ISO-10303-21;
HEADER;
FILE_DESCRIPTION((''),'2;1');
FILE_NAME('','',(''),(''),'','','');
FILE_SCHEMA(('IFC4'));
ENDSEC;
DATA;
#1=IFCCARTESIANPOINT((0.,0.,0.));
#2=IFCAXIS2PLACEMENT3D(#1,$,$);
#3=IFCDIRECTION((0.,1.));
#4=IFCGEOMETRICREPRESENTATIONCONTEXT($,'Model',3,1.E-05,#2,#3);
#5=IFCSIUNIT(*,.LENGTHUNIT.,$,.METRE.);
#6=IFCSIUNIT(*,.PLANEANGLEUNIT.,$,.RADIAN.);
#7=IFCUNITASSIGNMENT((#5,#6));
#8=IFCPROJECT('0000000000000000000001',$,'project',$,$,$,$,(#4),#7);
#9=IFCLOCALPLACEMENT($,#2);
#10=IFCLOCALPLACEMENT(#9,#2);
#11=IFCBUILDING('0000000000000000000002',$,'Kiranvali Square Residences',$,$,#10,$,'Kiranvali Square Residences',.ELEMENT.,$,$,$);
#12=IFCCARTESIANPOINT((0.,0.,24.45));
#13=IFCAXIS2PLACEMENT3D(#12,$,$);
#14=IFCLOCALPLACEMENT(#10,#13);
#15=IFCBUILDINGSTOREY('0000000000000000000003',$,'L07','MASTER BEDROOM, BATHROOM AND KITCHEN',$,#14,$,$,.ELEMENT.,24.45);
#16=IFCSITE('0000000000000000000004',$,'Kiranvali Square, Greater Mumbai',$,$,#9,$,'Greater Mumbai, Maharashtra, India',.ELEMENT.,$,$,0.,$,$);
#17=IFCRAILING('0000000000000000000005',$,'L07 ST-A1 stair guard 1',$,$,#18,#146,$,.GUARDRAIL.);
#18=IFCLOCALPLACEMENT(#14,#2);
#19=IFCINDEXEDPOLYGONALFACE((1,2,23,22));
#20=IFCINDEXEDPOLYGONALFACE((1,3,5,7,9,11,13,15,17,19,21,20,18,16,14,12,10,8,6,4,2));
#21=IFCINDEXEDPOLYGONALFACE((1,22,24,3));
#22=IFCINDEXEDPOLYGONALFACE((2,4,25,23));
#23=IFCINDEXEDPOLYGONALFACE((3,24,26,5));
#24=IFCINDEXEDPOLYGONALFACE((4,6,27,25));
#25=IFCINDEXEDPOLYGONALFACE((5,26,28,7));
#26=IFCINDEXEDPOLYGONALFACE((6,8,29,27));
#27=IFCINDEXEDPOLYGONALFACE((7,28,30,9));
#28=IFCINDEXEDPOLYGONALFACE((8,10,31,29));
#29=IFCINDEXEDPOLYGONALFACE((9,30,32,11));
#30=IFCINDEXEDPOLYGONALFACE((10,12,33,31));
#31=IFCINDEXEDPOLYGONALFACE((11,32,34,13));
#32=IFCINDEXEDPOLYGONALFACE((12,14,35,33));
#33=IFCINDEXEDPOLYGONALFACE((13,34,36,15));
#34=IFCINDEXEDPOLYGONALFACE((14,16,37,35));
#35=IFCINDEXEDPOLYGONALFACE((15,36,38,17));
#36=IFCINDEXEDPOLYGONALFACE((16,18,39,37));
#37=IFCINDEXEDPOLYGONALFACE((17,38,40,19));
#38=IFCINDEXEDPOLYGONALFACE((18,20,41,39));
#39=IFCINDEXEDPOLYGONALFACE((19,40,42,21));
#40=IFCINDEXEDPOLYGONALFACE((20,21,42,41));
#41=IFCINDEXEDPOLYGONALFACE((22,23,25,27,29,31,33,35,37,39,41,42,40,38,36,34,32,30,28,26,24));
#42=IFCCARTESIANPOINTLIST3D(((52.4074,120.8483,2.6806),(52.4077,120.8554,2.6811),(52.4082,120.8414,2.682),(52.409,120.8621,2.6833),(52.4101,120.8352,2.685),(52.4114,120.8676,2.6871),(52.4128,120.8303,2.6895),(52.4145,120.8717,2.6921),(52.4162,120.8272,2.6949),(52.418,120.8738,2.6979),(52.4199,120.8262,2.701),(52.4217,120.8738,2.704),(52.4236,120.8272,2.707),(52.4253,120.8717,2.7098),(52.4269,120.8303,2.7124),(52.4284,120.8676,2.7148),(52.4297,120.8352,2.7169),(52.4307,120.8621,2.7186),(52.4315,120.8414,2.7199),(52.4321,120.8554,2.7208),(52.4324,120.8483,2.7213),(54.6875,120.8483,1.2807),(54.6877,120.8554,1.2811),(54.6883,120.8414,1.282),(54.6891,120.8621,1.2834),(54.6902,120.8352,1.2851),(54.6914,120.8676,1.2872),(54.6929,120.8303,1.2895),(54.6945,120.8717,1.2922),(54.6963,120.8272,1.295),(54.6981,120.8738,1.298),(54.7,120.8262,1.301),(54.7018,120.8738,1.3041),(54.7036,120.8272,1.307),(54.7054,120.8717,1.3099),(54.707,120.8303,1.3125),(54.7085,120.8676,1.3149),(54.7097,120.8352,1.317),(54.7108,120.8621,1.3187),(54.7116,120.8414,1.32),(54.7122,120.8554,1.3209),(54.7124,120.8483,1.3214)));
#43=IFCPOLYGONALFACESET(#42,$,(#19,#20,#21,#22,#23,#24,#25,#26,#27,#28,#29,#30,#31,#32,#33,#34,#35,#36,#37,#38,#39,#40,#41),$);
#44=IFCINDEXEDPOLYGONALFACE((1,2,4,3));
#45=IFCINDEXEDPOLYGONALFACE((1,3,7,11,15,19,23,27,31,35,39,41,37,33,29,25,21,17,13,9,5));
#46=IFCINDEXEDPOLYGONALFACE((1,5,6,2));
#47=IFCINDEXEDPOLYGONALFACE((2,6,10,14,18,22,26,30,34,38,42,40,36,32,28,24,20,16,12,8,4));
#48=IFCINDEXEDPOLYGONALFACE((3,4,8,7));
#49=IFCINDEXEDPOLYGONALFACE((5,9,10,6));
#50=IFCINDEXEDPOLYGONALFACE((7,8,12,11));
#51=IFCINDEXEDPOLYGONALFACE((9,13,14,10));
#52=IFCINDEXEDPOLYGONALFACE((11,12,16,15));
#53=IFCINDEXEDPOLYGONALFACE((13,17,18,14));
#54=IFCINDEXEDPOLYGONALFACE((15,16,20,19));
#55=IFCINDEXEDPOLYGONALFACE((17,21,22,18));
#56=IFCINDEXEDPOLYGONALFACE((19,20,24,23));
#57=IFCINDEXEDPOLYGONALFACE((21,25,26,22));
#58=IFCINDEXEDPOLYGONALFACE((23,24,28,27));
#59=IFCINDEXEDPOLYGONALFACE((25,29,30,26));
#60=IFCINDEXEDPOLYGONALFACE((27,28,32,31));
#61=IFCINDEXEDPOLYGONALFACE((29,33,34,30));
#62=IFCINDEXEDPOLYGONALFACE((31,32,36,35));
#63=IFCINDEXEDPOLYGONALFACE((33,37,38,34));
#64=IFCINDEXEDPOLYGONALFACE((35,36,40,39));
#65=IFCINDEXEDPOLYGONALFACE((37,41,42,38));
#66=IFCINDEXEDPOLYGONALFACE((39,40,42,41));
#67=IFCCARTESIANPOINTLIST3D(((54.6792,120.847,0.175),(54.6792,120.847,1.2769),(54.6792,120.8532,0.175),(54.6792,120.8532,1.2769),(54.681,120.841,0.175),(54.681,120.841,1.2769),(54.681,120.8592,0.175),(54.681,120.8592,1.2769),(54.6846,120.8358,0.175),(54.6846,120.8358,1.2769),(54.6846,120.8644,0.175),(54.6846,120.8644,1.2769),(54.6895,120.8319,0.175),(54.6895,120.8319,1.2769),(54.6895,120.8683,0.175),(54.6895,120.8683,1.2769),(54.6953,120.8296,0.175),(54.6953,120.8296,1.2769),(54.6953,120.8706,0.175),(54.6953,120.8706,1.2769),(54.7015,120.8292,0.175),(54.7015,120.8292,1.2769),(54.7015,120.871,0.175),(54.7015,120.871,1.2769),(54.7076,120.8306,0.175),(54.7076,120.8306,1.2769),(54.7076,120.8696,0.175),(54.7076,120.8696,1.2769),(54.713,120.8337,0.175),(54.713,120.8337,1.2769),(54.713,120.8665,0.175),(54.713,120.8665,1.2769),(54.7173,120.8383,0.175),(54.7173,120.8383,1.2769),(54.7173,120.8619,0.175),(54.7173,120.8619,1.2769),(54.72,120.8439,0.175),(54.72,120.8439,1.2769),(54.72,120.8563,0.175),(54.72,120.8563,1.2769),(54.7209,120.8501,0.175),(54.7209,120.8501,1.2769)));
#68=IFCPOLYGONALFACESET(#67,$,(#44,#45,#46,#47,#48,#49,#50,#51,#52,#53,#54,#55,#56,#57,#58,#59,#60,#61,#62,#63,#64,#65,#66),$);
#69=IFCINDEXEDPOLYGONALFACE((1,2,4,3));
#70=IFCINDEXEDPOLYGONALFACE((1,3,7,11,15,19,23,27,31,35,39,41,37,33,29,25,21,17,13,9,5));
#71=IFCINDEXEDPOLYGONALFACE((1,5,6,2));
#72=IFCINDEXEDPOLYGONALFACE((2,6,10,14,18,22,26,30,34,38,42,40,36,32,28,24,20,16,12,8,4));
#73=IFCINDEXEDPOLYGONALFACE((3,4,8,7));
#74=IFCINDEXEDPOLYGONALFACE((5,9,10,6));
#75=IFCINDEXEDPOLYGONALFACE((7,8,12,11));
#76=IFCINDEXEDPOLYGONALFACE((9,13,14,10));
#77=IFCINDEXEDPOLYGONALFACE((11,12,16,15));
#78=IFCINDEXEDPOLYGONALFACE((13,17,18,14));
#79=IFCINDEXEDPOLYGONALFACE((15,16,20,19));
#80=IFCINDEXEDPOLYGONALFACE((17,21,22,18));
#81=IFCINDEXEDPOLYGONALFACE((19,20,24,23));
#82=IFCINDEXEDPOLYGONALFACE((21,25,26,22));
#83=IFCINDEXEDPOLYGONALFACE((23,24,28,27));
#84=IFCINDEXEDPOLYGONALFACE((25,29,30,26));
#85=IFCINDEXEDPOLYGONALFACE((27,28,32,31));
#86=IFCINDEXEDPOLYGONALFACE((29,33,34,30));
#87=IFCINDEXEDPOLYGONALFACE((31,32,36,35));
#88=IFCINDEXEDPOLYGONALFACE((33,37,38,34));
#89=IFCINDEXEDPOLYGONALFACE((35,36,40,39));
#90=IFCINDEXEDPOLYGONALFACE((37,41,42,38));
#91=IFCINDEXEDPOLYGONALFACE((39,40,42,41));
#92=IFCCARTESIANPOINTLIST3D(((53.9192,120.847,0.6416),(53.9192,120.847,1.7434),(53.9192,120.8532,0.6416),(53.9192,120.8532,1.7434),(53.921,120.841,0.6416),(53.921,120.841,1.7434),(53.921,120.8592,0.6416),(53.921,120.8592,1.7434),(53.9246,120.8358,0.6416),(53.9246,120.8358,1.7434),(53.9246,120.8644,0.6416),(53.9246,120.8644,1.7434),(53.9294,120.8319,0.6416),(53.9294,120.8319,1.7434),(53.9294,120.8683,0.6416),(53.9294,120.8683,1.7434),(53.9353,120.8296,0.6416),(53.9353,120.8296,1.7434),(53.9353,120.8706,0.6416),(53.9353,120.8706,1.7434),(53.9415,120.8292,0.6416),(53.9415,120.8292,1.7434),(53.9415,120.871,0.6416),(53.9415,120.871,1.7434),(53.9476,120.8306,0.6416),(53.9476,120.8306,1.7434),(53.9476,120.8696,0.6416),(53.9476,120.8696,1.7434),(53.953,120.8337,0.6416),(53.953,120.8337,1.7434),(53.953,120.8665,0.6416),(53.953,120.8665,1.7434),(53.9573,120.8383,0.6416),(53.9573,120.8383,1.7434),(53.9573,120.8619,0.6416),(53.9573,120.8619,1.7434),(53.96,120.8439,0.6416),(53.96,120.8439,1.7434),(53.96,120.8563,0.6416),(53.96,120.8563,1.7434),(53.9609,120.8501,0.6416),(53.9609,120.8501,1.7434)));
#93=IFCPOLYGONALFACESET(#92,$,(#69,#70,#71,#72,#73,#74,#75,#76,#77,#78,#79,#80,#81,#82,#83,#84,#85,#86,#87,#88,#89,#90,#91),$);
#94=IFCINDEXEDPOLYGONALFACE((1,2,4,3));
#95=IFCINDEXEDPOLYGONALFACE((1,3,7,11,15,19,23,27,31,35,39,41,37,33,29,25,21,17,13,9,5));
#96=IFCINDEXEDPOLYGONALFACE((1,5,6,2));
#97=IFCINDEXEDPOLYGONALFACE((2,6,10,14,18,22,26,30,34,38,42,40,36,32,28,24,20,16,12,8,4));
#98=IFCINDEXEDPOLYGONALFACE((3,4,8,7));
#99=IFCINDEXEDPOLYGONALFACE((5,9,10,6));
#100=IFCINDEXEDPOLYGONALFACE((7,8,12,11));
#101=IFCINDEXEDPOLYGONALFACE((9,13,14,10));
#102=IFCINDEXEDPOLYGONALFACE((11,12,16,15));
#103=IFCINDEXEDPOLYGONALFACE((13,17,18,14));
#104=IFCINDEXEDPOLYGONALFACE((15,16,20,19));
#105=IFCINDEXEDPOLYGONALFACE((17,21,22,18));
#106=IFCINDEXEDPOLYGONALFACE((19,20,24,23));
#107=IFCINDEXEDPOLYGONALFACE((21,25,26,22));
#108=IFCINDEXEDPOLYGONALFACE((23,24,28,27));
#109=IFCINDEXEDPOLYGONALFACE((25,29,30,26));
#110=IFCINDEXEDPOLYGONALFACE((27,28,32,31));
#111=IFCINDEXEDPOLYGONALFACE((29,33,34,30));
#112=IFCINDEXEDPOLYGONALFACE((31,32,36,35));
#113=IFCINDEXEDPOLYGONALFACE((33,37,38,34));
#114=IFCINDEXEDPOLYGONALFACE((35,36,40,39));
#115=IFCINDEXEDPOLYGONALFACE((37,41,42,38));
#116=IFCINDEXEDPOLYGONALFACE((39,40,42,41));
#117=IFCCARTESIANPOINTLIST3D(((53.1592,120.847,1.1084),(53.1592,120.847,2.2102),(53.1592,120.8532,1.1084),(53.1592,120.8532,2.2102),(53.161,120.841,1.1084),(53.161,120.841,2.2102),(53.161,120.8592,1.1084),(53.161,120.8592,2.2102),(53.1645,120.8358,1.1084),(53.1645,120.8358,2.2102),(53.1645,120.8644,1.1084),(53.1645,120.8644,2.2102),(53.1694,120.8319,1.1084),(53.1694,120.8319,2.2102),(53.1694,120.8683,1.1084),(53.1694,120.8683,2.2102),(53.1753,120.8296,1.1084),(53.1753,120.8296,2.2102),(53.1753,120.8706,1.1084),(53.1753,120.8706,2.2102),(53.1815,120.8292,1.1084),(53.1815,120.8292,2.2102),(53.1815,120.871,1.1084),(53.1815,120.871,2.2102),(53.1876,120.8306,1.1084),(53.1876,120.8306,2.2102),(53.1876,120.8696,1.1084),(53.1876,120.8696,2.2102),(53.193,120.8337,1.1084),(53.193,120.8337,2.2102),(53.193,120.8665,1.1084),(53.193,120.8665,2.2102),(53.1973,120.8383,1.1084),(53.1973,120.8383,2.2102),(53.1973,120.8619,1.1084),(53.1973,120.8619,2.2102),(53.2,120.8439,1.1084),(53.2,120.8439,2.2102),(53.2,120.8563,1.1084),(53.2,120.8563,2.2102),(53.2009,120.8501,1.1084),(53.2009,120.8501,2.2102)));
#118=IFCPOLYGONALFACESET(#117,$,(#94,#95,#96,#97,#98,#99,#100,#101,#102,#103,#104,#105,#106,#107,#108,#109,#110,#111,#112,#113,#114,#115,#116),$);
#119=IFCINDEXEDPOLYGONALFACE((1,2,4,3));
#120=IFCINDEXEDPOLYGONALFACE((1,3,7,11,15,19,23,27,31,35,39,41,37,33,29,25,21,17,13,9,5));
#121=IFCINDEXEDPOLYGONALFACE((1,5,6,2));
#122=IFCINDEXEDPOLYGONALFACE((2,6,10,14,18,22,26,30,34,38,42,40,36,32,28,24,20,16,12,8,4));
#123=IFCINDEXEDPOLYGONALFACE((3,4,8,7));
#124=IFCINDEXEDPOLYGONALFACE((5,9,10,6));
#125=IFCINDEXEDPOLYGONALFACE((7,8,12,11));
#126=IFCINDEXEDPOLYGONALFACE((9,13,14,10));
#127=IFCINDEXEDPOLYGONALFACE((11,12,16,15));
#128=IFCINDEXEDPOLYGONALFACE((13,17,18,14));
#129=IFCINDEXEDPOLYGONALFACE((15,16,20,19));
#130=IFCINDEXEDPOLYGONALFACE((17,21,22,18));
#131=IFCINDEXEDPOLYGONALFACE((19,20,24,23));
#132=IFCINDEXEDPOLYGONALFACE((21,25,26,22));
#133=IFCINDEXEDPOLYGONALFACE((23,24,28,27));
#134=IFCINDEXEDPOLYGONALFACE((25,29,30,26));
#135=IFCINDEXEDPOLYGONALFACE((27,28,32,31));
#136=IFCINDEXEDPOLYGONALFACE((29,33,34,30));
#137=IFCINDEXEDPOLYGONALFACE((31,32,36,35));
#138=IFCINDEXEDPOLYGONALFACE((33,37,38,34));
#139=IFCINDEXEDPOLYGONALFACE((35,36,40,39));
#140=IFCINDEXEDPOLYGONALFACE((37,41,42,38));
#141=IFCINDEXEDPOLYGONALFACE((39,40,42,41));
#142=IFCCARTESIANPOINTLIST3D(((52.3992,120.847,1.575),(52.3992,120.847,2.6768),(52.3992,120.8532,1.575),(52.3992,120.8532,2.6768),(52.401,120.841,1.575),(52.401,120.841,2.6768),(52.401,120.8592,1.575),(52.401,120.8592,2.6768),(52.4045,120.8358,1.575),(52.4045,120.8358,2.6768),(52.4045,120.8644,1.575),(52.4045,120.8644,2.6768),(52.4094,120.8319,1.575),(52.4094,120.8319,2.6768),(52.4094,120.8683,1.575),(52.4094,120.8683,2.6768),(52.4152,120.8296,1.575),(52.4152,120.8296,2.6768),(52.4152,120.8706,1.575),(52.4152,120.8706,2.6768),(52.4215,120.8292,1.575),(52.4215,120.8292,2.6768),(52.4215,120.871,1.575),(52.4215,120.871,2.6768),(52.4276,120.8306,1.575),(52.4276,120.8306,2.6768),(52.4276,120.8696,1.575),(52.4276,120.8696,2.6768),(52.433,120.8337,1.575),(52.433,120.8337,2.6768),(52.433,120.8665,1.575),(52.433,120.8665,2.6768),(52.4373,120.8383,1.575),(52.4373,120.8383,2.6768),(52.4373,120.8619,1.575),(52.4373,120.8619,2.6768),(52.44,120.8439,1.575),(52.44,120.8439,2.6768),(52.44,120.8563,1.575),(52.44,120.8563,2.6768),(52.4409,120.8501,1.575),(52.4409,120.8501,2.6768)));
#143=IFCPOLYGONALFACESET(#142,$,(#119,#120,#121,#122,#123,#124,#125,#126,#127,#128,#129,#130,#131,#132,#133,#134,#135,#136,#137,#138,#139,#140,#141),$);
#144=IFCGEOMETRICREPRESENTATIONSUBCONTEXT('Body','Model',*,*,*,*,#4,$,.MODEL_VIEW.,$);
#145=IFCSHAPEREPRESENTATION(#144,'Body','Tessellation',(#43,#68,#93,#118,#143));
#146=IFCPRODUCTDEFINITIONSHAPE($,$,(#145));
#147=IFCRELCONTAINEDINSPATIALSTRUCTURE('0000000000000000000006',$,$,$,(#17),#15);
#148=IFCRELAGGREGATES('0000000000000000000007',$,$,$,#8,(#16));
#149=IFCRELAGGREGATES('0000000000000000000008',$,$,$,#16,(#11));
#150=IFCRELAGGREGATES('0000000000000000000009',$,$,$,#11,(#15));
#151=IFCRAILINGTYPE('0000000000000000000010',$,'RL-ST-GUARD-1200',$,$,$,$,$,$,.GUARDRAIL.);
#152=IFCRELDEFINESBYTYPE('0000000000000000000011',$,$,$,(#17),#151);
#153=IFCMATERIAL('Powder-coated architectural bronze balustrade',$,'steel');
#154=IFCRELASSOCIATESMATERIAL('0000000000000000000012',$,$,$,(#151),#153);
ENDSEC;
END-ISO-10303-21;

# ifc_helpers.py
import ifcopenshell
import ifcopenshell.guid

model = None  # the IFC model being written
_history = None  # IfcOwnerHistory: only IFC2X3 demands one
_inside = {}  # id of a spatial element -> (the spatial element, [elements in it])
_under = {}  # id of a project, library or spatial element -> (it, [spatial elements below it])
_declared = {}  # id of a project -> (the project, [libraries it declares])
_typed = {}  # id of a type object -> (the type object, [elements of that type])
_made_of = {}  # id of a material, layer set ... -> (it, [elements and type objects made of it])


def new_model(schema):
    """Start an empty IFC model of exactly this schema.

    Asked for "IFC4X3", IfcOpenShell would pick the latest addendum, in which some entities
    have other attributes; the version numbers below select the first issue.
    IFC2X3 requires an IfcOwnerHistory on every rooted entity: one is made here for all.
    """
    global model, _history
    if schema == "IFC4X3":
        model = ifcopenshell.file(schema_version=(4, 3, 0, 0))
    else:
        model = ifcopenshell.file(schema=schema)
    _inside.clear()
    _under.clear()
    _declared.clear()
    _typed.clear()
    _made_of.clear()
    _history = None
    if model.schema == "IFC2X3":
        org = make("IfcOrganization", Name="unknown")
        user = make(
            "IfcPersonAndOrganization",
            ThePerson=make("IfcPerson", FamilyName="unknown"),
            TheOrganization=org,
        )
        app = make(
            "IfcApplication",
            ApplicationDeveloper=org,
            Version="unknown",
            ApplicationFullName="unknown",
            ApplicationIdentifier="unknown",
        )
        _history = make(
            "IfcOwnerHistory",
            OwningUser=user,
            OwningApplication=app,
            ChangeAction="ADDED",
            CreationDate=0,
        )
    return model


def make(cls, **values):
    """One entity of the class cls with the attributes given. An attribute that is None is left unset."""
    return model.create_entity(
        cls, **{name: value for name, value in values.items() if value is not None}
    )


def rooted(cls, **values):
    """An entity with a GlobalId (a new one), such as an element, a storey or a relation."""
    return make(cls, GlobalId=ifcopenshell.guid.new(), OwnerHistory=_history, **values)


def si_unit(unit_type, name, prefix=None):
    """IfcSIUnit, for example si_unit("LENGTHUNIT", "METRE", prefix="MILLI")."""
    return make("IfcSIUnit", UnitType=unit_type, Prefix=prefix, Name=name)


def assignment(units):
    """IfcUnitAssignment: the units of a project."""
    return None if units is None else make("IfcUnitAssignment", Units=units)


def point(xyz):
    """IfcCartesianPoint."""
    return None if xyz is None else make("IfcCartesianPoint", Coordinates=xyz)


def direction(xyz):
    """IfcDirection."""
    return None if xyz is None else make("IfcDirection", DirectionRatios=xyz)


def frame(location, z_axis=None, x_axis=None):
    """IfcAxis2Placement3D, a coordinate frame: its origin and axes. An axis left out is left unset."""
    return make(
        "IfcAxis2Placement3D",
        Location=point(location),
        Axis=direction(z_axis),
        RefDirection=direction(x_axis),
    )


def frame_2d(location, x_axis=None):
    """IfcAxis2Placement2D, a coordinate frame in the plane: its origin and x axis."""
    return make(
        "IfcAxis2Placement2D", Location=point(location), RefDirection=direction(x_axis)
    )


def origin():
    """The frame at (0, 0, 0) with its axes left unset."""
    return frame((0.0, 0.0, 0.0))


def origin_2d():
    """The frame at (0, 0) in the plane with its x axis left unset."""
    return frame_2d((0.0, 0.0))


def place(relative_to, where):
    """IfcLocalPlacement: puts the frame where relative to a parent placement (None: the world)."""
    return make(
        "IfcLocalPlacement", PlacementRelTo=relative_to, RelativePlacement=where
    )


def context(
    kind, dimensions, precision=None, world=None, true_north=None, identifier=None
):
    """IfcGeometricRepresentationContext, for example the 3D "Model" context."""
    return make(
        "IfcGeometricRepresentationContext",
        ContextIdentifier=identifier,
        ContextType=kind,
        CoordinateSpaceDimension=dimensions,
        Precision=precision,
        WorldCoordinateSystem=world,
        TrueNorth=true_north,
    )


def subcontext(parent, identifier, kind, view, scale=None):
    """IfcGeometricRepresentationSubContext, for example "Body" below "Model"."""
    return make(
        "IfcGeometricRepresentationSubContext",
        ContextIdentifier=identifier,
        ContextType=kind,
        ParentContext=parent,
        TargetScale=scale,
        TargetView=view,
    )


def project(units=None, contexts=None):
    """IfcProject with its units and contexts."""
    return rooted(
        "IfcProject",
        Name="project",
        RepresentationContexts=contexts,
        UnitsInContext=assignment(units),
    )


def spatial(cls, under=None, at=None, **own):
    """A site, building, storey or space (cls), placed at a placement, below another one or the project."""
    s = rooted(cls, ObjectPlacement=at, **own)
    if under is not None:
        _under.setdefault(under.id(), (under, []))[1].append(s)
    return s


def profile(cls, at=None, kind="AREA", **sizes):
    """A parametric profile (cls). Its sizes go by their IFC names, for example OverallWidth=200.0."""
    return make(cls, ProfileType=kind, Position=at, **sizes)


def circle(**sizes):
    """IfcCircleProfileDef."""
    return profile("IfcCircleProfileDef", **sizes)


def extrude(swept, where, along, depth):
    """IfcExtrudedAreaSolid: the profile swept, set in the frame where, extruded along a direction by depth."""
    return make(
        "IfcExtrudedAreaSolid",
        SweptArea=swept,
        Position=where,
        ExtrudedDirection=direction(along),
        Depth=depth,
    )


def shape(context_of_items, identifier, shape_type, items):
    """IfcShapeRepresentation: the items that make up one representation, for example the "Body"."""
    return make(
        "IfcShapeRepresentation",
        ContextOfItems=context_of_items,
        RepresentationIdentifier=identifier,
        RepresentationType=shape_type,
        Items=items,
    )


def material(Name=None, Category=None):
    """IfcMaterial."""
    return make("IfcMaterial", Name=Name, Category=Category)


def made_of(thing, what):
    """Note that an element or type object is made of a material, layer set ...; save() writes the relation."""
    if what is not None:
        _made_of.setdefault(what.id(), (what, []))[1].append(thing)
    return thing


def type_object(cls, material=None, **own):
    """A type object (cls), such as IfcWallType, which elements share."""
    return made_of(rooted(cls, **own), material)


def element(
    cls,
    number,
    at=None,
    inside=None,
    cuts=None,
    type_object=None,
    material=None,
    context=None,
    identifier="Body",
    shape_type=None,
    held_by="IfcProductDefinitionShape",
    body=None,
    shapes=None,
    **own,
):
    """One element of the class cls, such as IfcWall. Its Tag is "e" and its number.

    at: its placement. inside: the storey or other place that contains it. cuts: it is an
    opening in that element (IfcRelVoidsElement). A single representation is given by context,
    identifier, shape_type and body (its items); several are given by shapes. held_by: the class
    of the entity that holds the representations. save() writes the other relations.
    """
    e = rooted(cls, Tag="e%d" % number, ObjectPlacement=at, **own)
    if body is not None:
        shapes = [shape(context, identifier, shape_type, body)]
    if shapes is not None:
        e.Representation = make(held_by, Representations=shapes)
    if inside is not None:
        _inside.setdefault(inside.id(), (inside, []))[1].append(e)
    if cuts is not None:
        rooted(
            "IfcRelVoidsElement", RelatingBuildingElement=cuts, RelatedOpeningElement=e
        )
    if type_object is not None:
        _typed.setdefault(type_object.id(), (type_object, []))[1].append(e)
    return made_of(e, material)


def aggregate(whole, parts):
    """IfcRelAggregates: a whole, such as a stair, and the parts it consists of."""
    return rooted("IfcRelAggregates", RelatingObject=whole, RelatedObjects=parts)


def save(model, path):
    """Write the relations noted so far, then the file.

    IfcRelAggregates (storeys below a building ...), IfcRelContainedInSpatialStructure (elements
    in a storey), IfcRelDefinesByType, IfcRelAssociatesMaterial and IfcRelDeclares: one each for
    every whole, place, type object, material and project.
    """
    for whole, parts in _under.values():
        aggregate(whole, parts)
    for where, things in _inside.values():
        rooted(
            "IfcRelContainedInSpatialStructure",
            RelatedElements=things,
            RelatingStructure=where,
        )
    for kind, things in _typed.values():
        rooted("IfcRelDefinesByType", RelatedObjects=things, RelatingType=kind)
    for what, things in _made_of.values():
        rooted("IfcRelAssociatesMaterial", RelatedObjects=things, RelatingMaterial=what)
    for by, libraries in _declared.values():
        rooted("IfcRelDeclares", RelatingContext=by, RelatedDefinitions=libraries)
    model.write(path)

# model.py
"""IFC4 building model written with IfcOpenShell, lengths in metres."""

from ifc_helpers import new_model, si_unit, direction, frame, origin, origin_2d, place, context, subcontext, project, spatial, circle, extrude, material, type_object, element, save


model = new_model("IFC4")

# Units and contexts
model_context = context("Model", 3, precision=1e-05, world=origin(), true_north=direction((0.0, 1.0)))
body_context = subcontext(model_context, "Body", "Model", "MODEL_VIEW")
ifc_project = project(units=[si_unit("LENGTHUNIT", "METRE"), si_unit("PLANEANGLEUNIT", "RADIAN")], contexts=[model_context])

# Site, building, storey
site_placement = place(None, origin())
site = spatial("IfcSite", under=ifc_project, at=site_placement, Name="Kiranvali Square, Greater Mumbai", LongName="Greater Mumbai, Maharashtra, India", CompositionType="ELEMENT", RefElevation=0.0)
building_placement = place(site_placement, origin())
building = spatial("IfcBuilding", under=site, at=building_placement, Name="Kiranvali Square Residences", LongName="Kiranvali Square Residences", CompositionType="ELEMENT")
storey_placement = place(building_placement, frame((0.0, 0.0, 24.45)))
storey = spatial("IfcBuildingStorey", under=building, at=storey_placement, Name="L07", Description="MASTER BEDROOM, BATHROOM AND KITCHEN", CompositionType="ELEMENT", Elevation=24.45)

# Railing
ifc_material_1 = material(Name="Powder-coated architectural bronze balustrade", Category="steel")
railing_type_1 = type_object("IfcRailingType", Name="RL-ST-GUARD-1200", PredefinedType="GUARDRAIL", material=ifc_material_1)
railing_1_placement = place(storey_placement, frame((54.7, 120.8501, 0.175)))
element("IfcRailing", 1, at=railing_1_placement, inside=storey, type_object=railing_type_1, Name="L07 ST-A1 stair guard 1", PredefinedType="GUARDRAIL", context=body_context, shape_type="SweptSolid", body=[
    extrude(circle(Radius=0.0239, at=origin_2d()), frame((0.0, 0.0, 1.126), z_axis=(-0.85219, 0.0, 0.523232), x_axis=(0.0, -1.0, 0.0)), (0.0, 0.0, 1.0), 2.6755),
    extrude(circle(Radius=0.021, at=origin_2d()), origin(), (0.0, 0.0, 1.0), 1.1018),
    extrude(circle(Radius=0.021, at=origin_2d()), frame((-0.76, 0.0, 0.4666)), (0.0, 0.0, 1.0), 1.1018),
    extrude(circle(Radius=0.021, at=origin_2d()), frame((-1.52, 0.0, 0.9333)), (0.0, 0.0, 1.0), 1.1018),
    extrude(circle(Radius=0.021, at=origin_2d()), frame((-2.28, 0.0, 1.3999)), (0.0, 0.0, 1.0), 1.1018),
])

save(model, "model.ifc")
